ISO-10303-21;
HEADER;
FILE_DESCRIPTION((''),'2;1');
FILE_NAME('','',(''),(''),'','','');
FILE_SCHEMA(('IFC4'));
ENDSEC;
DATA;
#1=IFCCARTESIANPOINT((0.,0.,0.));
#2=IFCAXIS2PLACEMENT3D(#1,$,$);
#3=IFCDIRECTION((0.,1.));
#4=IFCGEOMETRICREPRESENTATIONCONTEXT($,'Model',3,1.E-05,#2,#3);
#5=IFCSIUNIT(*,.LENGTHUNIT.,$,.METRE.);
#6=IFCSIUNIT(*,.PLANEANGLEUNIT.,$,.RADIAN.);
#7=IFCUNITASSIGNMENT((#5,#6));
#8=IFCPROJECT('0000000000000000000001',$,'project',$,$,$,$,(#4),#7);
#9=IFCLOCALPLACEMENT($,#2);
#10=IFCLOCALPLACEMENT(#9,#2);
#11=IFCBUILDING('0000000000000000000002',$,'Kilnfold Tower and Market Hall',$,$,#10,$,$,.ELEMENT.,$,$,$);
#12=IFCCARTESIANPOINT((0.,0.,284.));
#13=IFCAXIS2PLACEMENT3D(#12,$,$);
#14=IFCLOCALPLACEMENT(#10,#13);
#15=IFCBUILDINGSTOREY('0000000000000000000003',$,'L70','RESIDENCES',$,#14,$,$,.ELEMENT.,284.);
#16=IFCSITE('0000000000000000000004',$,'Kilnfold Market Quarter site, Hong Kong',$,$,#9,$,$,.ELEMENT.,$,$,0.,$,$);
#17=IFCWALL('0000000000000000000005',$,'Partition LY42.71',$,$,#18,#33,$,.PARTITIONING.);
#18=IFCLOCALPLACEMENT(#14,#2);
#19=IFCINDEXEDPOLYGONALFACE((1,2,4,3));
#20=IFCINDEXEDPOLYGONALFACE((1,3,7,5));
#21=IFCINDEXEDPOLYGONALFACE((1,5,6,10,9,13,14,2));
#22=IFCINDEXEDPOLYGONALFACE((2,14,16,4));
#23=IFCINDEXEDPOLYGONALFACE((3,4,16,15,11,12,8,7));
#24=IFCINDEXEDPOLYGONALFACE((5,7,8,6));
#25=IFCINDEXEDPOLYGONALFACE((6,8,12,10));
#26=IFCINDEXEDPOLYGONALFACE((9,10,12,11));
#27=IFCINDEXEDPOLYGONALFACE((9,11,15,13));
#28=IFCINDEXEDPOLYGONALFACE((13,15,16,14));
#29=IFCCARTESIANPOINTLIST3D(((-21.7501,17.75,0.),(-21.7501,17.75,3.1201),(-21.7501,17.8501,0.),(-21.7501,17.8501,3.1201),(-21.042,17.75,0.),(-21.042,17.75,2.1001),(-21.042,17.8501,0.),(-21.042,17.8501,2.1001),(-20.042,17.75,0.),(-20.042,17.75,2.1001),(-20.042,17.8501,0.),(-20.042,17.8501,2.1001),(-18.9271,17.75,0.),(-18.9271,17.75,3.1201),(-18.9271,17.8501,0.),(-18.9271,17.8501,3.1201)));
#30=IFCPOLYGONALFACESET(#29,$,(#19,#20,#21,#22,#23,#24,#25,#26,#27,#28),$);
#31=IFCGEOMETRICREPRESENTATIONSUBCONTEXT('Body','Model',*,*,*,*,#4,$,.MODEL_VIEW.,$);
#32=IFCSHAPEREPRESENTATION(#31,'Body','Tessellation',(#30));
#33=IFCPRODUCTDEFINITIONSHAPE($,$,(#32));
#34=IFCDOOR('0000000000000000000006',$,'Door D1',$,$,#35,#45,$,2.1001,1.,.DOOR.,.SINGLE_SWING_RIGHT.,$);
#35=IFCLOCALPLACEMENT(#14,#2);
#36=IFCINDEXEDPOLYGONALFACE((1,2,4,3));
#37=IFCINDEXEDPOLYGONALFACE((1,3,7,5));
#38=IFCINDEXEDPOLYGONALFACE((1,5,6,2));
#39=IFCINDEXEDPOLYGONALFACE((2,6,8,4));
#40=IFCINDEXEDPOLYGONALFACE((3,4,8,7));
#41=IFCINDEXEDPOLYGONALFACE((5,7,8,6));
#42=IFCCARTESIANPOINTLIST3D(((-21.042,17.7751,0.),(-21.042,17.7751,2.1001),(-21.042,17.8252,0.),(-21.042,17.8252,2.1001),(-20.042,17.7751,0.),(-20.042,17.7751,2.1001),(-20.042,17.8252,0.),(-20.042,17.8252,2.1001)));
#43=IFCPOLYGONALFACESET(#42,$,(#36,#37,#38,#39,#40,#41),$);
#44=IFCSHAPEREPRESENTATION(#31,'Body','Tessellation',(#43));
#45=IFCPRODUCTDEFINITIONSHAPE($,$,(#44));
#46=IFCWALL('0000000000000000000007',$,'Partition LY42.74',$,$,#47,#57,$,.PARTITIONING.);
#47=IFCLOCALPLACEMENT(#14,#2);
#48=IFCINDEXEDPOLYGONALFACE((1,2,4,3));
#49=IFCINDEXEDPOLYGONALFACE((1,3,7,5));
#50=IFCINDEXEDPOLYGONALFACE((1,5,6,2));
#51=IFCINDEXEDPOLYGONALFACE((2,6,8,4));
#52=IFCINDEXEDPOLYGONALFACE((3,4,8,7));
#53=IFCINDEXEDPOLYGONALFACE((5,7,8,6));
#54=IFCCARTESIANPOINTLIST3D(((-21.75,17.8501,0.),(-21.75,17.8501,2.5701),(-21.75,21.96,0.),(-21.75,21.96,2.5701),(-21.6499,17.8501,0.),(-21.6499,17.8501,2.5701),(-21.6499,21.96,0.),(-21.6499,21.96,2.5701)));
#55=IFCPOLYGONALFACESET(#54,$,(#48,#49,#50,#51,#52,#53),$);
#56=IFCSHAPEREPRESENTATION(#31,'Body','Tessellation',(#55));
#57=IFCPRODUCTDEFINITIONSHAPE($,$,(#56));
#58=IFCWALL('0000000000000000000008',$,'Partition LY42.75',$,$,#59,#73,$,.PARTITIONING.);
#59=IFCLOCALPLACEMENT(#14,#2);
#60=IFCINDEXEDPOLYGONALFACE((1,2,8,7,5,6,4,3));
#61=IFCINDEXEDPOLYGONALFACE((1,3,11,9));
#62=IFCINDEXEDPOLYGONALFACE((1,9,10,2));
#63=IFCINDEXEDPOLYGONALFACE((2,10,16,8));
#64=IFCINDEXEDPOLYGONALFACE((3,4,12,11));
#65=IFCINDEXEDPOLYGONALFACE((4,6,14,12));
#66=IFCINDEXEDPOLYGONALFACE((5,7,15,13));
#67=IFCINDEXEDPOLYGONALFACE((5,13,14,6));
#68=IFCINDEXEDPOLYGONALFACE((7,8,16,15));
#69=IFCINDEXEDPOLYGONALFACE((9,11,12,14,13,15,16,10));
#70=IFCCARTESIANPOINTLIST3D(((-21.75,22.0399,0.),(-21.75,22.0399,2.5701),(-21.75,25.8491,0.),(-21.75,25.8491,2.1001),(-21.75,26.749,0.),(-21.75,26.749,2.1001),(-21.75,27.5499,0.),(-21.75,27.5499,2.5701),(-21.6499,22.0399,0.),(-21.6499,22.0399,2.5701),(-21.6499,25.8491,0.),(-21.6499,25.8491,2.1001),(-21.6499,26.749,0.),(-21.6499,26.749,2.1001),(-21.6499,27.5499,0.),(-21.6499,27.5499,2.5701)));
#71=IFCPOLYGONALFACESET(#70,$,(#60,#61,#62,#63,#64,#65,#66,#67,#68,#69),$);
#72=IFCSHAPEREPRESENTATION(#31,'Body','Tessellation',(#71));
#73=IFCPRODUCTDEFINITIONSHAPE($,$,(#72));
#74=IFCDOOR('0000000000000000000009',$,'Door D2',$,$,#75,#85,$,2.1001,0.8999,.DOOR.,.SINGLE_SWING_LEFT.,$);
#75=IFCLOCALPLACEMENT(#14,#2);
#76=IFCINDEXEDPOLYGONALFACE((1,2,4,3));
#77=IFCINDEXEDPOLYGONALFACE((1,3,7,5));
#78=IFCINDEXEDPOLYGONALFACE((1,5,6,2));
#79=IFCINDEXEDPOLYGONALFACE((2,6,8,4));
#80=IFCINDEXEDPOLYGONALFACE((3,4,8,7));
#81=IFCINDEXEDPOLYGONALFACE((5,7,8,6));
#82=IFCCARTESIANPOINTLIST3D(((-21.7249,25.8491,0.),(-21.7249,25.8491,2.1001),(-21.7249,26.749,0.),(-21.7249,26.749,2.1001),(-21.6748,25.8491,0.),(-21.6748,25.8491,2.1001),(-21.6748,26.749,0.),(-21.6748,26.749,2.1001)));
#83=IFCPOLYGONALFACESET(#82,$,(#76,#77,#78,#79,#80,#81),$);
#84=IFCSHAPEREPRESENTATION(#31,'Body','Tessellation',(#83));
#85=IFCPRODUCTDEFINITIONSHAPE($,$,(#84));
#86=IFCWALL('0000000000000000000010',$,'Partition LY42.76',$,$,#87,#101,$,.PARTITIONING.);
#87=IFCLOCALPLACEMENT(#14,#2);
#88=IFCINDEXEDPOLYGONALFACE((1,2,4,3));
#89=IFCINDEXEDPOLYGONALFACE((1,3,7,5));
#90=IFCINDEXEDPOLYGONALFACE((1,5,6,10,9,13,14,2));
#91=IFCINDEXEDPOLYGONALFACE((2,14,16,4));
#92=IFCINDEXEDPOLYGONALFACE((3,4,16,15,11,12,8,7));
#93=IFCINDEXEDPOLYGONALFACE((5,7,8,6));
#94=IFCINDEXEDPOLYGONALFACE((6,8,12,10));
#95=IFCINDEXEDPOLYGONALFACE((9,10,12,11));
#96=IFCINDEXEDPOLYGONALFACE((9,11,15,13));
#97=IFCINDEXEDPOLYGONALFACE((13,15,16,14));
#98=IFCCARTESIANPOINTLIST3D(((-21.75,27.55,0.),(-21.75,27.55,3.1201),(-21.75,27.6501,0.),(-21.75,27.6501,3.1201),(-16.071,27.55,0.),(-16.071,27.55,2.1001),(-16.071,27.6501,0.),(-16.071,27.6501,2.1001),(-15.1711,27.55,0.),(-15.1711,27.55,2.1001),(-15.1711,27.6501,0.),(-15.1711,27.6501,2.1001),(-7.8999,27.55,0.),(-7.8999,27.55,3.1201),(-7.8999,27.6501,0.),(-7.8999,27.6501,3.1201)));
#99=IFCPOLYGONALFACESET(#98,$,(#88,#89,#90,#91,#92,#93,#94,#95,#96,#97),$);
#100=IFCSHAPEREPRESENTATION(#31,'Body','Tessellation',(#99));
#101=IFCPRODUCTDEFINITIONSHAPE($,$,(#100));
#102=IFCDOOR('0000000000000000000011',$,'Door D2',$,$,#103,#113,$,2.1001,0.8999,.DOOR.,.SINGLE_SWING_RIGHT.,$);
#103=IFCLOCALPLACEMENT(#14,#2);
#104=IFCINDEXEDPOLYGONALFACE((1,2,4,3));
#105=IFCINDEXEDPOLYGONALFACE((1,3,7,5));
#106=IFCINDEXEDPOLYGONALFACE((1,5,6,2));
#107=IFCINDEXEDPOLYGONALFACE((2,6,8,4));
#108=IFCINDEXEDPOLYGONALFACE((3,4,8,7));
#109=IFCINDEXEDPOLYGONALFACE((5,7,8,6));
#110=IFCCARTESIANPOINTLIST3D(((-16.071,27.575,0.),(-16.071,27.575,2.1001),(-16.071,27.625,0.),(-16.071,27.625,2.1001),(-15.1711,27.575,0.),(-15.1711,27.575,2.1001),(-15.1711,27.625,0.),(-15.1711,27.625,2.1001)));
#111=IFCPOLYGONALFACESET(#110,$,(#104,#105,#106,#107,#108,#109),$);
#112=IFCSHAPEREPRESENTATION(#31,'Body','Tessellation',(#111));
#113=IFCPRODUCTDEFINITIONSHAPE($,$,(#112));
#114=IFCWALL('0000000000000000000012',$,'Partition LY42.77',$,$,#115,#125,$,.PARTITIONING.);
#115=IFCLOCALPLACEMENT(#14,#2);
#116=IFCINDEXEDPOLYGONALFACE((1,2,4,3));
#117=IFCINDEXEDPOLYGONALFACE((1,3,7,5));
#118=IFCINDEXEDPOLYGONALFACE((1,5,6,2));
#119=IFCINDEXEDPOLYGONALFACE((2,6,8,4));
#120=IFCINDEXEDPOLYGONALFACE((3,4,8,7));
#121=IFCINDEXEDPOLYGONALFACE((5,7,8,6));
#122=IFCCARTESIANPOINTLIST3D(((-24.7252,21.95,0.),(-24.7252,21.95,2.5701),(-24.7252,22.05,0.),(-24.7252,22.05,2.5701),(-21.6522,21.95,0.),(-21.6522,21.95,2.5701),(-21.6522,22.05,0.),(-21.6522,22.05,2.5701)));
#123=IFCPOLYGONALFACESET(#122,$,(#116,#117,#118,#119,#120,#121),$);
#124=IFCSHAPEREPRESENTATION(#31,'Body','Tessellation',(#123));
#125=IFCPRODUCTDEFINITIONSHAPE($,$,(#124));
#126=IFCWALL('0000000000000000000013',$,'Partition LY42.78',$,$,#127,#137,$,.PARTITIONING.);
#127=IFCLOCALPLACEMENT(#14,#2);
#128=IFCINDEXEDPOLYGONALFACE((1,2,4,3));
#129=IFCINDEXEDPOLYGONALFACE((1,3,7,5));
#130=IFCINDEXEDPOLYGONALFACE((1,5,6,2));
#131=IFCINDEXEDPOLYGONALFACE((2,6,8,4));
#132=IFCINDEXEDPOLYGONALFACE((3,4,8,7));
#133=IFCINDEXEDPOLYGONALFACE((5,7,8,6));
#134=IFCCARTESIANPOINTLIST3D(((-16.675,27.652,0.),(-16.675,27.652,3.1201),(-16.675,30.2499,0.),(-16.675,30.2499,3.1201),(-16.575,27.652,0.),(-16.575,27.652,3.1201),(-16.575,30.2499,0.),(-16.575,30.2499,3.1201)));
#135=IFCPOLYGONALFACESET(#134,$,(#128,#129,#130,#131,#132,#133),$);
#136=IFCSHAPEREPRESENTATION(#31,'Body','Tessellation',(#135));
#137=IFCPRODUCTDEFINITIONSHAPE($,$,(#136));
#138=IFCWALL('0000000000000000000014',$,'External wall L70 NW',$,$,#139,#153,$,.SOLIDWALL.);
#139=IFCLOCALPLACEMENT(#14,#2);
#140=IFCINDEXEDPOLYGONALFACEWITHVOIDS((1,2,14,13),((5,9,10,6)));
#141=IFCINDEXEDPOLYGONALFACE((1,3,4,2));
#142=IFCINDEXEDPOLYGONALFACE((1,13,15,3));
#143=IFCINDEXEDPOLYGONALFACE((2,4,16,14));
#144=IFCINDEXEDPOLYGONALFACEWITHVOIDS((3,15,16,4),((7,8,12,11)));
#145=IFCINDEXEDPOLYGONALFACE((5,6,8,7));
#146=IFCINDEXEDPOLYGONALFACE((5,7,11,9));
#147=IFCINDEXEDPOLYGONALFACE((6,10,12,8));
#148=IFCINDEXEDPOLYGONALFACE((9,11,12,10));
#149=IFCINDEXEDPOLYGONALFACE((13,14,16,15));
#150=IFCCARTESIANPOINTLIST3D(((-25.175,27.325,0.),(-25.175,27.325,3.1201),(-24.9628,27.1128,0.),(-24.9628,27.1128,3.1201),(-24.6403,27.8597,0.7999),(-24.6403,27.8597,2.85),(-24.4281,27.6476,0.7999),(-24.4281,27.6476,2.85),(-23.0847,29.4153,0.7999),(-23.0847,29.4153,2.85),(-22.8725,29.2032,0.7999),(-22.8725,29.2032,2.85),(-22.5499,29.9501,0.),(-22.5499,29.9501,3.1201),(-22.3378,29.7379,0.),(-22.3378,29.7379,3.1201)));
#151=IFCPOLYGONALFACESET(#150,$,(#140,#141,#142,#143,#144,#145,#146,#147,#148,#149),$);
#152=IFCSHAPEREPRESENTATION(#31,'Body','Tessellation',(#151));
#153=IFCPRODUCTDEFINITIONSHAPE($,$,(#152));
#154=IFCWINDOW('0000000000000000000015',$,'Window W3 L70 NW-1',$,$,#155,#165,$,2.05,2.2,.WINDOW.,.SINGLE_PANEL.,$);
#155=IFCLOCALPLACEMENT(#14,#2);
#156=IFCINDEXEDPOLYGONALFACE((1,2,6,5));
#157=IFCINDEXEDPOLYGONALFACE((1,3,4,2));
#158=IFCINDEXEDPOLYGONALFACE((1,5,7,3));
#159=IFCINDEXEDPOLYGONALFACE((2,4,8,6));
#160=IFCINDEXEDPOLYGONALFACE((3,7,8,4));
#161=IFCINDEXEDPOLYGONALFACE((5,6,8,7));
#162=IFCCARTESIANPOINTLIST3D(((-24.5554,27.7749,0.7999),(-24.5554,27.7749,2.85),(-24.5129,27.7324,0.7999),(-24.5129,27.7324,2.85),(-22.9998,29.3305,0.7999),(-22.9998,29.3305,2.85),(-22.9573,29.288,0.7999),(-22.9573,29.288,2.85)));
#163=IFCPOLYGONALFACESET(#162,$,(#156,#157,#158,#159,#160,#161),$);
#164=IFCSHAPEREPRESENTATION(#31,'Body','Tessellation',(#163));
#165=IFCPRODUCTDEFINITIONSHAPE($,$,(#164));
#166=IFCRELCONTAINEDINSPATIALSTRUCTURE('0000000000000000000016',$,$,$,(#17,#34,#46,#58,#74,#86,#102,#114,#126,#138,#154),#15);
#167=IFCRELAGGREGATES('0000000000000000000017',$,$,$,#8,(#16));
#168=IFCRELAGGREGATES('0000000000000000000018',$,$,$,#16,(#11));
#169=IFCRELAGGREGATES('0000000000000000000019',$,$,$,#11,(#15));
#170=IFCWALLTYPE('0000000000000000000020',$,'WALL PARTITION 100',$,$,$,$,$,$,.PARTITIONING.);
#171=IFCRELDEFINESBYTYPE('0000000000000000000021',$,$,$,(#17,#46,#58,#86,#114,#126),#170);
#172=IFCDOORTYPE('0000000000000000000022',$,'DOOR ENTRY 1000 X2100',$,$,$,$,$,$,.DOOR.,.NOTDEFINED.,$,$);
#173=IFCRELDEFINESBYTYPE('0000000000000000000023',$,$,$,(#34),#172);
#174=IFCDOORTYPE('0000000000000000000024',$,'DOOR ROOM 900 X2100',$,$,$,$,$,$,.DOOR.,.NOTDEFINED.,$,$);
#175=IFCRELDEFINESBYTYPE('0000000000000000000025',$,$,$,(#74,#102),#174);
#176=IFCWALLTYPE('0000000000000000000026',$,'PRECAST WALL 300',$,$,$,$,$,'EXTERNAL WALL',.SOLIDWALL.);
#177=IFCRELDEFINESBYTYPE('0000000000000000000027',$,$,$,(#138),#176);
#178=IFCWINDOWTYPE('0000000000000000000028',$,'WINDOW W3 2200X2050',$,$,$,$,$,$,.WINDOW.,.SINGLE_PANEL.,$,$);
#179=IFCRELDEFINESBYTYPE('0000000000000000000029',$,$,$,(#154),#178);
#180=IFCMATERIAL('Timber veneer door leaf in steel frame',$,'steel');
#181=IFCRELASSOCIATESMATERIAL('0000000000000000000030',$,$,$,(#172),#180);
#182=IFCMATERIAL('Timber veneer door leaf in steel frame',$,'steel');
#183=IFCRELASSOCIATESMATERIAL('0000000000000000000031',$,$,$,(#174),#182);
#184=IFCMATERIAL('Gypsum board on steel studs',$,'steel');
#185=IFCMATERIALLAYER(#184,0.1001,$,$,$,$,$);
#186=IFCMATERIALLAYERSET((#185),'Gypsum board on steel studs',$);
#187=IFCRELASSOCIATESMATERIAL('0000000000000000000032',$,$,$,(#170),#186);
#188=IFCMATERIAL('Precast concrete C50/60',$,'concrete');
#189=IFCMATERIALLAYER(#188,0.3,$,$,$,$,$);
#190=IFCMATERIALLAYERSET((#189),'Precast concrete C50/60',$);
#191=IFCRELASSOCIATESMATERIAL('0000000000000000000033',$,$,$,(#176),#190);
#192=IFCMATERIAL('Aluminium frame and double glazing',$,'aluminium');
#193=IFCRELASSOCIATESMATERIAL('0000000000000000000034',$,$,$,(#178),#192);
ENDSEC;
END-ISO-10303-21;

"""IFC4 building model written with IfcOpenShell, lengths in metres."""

from ifc_helpers import new_model, si_unit, direction, frame, frame_2d, origin, place, context, subcontext, project, spatial, rectangle, extrude, source, transform, mapped, material, layer, layer_set, type_object, element, fill, save


model = new_model("IFC4")

# Units and contexts
model_context = context("Model", 3, precision=1e-05, world=origin(), true_north=direction((0.0, 1.0)))
body_context = subcontext(model_context, "Body", "Model", "MODEL_VIEW")
ifc_project = project(units=[si_unit("LENGTHUNIT", "METRE"), si_unit("PLANEANGLEUNIT", "RADIAN")], contexts=[model_context])

# Site, building, storey
site_placement = place(None, origin())
site = spatial("IfcSite", under=ifc_project, at=site_placement, Name="Kilnfold Market Quarter site, Hong Kong", CompositionType="ELEMENT", RefElevation=0.0)
building_placement = place(site_placement, origin())
building = spatial("IfcBuilding", under=site, at=building_placement, Name="Kilnfold Tower and Market Hall", CompositionType="ELEMENT")
storey_placement = place(building_placement, frame((0.0, 0.0, 284.0)))
storey = spatial("IfcBuildingStorey", under=building, at=storey_placement, Name="L70", Description="RESIDENCES", CompositionType="ELEMENT", Elevation=284.0)

# Shared definitions
ifc_material_1 = material(Name="Timber veneer door leaf in steel frame", Category="steel")
door_type_1 = type_object("IfcDoorType", Name="DOOR ENTRY 1000 X2100", OperationType="NOTDEFINED", PredefinedType="DOOR", material=ifc_material_1)
ifc_material_2 = material(Name="Timber veneer door leaf in steel frame", Category="steel")
door_type_2 = type_object("IfcDoorType", Name="DOOR ROOM 900 X2100", OperationType="NOTDEFINED", PredefinedType="DOOR", material=ifc_material_2)

# Wall, opening, door
ifc_material_3 = material(Name="Gypsum board on steel studs", Category="steel")
ifc_layer_1 = layer(ifc_material_3, 0.1001)
ifc_layer_set_1 = layer_set([ifc_layer_1], Name="Gypsum board on steel studs")
wall_type_1 = type_object("IfcWallType", Name="WALL PARTITION 100", PredefinedType="PARTITIONING", material=ifc_layer_set_1)
wall_1_placement = place(storey_placement, frame((-18.927, 17.8, 0.0), z_axis=(0.0, 0.0, 1.0), x_axis=(-1.0, 0.0, 0.0)))
wall_1 = element("IfcWall", 1, at=wall_1_placement, inside=storey, type_object=wall_type_1, Name="Partition LY42.71", PredefinedType="PARTITIONING", context=body_context, shape_type="SweptSolid", body=[
    extrude(rectangle(XDim=2.823, YDim=0.1001, at=frame_2d((1.4116, 0.0))), origin(), (0.0, 0.0, 1.0), 3.1201),
])
opening_1_placement = place(wall_1_placement, frame((1.115, 0.0, 0.0)))
opening_1 = element("IfcOpeningElement", 2, at=opening_1_placement, cuts=wall_1, PredefinedType="OPENING", context=body_context, shape_type="SweptSolid", body=[
    extrude(rectangle(XDim=1.0, YDim=2.1001, at=frame_2d((0.5, 1.05))), frame((0.0, 0.0601, 0.0), z_axis=(0.0, -1.0, 0.0), x_axis=(1.0, 0.0, 0.0)), (0.0, 0.0, 1.0), 0.1201),
])
door_1_placement = place(opening_1_placement, origin())
door_1 = element("IfcDoor", 3, at=door_1_placement, inside=storey, type_object=door_type_1, Name="Door D1", OperationType="SINGLE_SWING_RIGHT", OverallHeight=2.1001, OverallWidth=1.0, PredefinedType="DOOR", context=body_context, shape_type="SweptSolid", body=[
    extrude(rectangle(XDim=1.0, YDim=2.1001, at=frame_2d((0.5, 1.05))), frame((0.0, 0.0249, 0.0), z_axis=(0.0, -1.0, 0.0), x_axis=(1.0, 0.0, 0.0)), (0.0, 0.0, 1.0), 0.05),
])
fill(opening_1, door_1)

# Wall
wall_2_placement = place(storey_placement, frame((-21.7, 17.8501, 0.0), z_axis=(0.0, 0.0, 1.0), x_axis=(0.0, 1.0, 0.0)))
element("IfcWall", 4, at=wall_2_placement, inside=storey, type_object=wall_type_1, Name="Partition LY42.74", PredefinedType="PARTITIONING", context=body_context, shape_type="SweptSolid", body=[
    extrude(rectangle(XDim=4.1099, YDim=0.1001, at=frame_2d((2.0549, 0.0))), origin(), (0.0, 0.0, 1.0), 2.5701),
])

# Walls, openings, doors
wall_3_placement = place(storey_placement, frame((-21.7, 22.04, 0.0), z_axis=(0.0, 0.0, 1.0), x_axis=(0.0, 1.0, 0.0)))
wall_3 = element("IfcWall", 5, at=wall_3_placement, inside=storey, type_object=wall_type_1, Name="Partition LY42.75", PredefinedType="PARTITIONING", context=body_context, shape_type="SweptSolid", body=[
    extrude(rectangle(XDim=5.51, YDim=0.1001, at=frame_2d((2.7549, 0.0))), origin(), (0.0, 0.0, 1.0), 2.5701),
])
opening_2_placement = place(wall_3_placement, frame((3.8091, 0.0, 0.0)))
opening_2 = element("IfcOpeningElement", 6, at=opening_2_placement, cuts=wall_3, PredefinedType="OPENING", context=body_context, shape_type="SweptSolid", body=[
    extrude(rectangle(XDim=0.8999, YDim=2.1001, at=frame_2d((0.45, 1.05))), frame((0.0, 0.0601, 0.0), z_axis=(0.0, -1.0, 0.0), x_axis=(1.0, 0.0, 0.0)), (0.0, 0.0, 1.0), 0.1201),
])
door_2_placement = place(opening_2_placement, origin())
door_2 = element("IfcDoor", 7, at=door_2_placement, inside=storey, type_object=door_type_2, Name="Door D2", OperationType="SINGLE_SWING_LEFT", OverallHeight=2.1001, OverallWidth=0.8999, PredefinedType="DOOR", context=body_context, shape_type="SweptSolid", body=[
    extrude(rectangle(XDim=0.8999, YDim=2.1001, at=frame_2d((0.45, 1.05))), frame((0.0, 0.0249, 0.0), z_axis=(0.0, -1.0, 0.0), x_axis=(1.0, 0.0, 0.0)), (0.0, 0.0, 1.0), 0.05),
])
fill(opening_2, door_2)
wall_4_placement = place(storey_placement, frame((-21.75, 27.6001, 0.0), z_axis=(0.0, 0.0, 1.0), x_axis=(1.0, 0.0, 0.0)))
wall_4 = element("IfcWall", 8, at=wall_4_placement, inside=storey, type_object=wall_type_1, Name="Partition LY42.76", PredefinedType="PARTITIONING", context=body_context, shape_type="SweptSolid", body=[
    extrude(rectangle(XDim=13.8501, YDim=0.1001, at=frame_2d((6.925, 0.0))), origin(), (0.0, 0.0, 1.0), 3.1201),
])
opening_3_placement = place(wall_4_placement, frame((5.679, 0.0, 0.0)))
opening_3 = element("IfcOpeningElement", 9, at=opening_3_placement, cuts=wall_4, PredefinedType="OPENING", context=body_context, shape_type="SweptSolid", body=[
    extrude(rectangle(XDim=0.8999, YDim=2.1001, at=frame_2d((0.45, 1.05))), frame((0.0, 0.0601, 0.0), z_axis=(0.0, -1.0, 0.0), x_axis=(1.0, 0.0, 0.0)), (0.0, 0.0, 1.0), 0.1201),
])
door_3_placement = place(opening_3_placement, origin())
door_3 = element("IfcDoor", 10, at=door_3_placement, inside=storey, type_object=door_type_2, Name="Door D2", OperationType="SINGLE_SWING_RIGHT", OverallHeight=2.1001, OverallWidth=0.8999, PredefinedType="DOOR", context=body_context, shape_type="SweptSolid", body=[
    extrude(rectangle(XDim=0.8999, YDim=2.1001, at=frame_2d((0.45, 1.05))), frame((0.0, 0.0249, 0.0), z_axis=(0.0, -1.0, 0.0), x_axis=(1.0, 0.0, 0.0)), (0.0, 0.0, 1.0), 0.05),
])
fill(opening_3, door_3)

# Walls
wall_5_placement = place(storey_placement, frame((-21.6521, 22.0, 0.0), z_axis=(0.0, 0.0, 1.0), x_axis=(-1.0, 0.0, 0.0)))
element("IfcWall", 11, at=wall_5_placement, inside=storey, type_object=wall_type_1, Name="Partition LY42.77", PredefinedType="PARTITIONING", context=body_context, shape_type="SweptSolid", body=[
    extrude(rectangle(XDim=3.073, YDim=0.1001, at=frame_2d((1.5366, 0.0))), origin(), (0.0, 0.0, 1.0), 2.5701),
])
wall_6_placement = place(storey_placement, frame((-16.625, 27.6521, 0.0), z_axis=(0.0, 0.0, 1.0), x_axis=(0.0, 1.0, 0.0)))
element("IfcWall", 12, at=wall_6_placement, inside=storey, type_object=wall_type_1, Name="Partition LY42.78", PredefinedType="PARTITIONING", context=body_context, shape_type="SweptSolid", body=[
    extrude(rectangle(XDim=2.5979, YDim=0.1001, at=frame_2d((1.2988, 0.0))), origin(), (0.0, 0.0, 1.0), 3.1201),
])

# Wall, opening, window
ifc_material_4 = material(Name="Precast concrete C50/60", Category="concrete")
ifc_layer_2 = layer(ifc_material_4, 0.3)
ifc_layer_set_2 = layer_set([ifc_layer_2], Name="Precast concrete C50/60")
wall_type_2 = type_object("IfcWallType", Name="PRECAST WALL 300", ElementType="EXTERNAL WALL", PredefinedType="SOLIDWALL", material=ifc_layer_set_2)
shared_shape_1 = source(origin(), body_context, "Body", "SweptSolid", [
    extrude(rectangle(XDim=3.7124, YDim=0.3, at=frame_2d((1.8562, 0.0))), origin(), (0.0, 0.0, 1.0), 3.1201),
])
wall_7_placement = place(storey_placement, frame((-22.4438, 29.844, 0.0), z_axis=(0.0, 0.0, 1.0), x_axis=(-0.707107, -0.707107, 0.0)))
wall_7 = element("IfcWall", 13, at=wall_7_placement, inside=storey, type_object=wall_type_2, Name="External wall L70 NW", PredefinedType="SOLIDWALL", context=body_context, shape_type="MappedRepresentation", body=[
    mapped(shared_shape_1, transform((0.0, 0.0, 0.0))),
])
opening_4_placement = place(wall_7_placement, frame((0.7561, 0.0, 0.8)))
opening_4 = element("IfcOpeningElement", 14, at=opening_4_placement, cuts=wall_7, PredefinedType="OPENING", context=body_context, shape_type="SweptSolid", body=[
    extrude(rectangle(XDim=2.2, YDim=2.05, at=frame_2d((1.1001, 1.0249))), frame((0.0, 0.1602, 0.0), z_axis=(0.0, -1.0, 0.0), x_axis=(1.0, 0.0, 0.0)), (0.0, 0.0, 1.0), 0.3201),
])
ifc_material_5 = material(Name="Aluminium frame and double glazing", Category="aluminium")
window_type = type_object("IfcWindowType", Name="WINDOW W3 2200X2050", PartitioningType="SINGLE_PANEL", PredefinedType="WINDOW", material=ifc_material_5)
window_1_placement = place(opening_4_placement, origin())
window_1 = element("IfcWindow", 15, at=window_1_placement, inside=storey, type_object=window_type, Name="Window W3 L70 NW-1", OverallHeight=2.05, OverallWidth=2.2, PartitioningType="SINGLE_PANEL", PredefinedType="WINDOW", context=body_context, shape_type="SweptSolid", body=[
    extrude(rectangle(XDim=2.2, YDim=2.05, at=frame_2d((1.1001, 1.0249))), frame((0.0, 0.03, 0.0), z_axis=(0.0, -1.0, 0.0), x_axis=(1.0, 0.0, 0.0)), (0.0, 0.0, 1.0), 0.0601),
])
fill(opening_4, window_1)

save(model, "model.ifc")
